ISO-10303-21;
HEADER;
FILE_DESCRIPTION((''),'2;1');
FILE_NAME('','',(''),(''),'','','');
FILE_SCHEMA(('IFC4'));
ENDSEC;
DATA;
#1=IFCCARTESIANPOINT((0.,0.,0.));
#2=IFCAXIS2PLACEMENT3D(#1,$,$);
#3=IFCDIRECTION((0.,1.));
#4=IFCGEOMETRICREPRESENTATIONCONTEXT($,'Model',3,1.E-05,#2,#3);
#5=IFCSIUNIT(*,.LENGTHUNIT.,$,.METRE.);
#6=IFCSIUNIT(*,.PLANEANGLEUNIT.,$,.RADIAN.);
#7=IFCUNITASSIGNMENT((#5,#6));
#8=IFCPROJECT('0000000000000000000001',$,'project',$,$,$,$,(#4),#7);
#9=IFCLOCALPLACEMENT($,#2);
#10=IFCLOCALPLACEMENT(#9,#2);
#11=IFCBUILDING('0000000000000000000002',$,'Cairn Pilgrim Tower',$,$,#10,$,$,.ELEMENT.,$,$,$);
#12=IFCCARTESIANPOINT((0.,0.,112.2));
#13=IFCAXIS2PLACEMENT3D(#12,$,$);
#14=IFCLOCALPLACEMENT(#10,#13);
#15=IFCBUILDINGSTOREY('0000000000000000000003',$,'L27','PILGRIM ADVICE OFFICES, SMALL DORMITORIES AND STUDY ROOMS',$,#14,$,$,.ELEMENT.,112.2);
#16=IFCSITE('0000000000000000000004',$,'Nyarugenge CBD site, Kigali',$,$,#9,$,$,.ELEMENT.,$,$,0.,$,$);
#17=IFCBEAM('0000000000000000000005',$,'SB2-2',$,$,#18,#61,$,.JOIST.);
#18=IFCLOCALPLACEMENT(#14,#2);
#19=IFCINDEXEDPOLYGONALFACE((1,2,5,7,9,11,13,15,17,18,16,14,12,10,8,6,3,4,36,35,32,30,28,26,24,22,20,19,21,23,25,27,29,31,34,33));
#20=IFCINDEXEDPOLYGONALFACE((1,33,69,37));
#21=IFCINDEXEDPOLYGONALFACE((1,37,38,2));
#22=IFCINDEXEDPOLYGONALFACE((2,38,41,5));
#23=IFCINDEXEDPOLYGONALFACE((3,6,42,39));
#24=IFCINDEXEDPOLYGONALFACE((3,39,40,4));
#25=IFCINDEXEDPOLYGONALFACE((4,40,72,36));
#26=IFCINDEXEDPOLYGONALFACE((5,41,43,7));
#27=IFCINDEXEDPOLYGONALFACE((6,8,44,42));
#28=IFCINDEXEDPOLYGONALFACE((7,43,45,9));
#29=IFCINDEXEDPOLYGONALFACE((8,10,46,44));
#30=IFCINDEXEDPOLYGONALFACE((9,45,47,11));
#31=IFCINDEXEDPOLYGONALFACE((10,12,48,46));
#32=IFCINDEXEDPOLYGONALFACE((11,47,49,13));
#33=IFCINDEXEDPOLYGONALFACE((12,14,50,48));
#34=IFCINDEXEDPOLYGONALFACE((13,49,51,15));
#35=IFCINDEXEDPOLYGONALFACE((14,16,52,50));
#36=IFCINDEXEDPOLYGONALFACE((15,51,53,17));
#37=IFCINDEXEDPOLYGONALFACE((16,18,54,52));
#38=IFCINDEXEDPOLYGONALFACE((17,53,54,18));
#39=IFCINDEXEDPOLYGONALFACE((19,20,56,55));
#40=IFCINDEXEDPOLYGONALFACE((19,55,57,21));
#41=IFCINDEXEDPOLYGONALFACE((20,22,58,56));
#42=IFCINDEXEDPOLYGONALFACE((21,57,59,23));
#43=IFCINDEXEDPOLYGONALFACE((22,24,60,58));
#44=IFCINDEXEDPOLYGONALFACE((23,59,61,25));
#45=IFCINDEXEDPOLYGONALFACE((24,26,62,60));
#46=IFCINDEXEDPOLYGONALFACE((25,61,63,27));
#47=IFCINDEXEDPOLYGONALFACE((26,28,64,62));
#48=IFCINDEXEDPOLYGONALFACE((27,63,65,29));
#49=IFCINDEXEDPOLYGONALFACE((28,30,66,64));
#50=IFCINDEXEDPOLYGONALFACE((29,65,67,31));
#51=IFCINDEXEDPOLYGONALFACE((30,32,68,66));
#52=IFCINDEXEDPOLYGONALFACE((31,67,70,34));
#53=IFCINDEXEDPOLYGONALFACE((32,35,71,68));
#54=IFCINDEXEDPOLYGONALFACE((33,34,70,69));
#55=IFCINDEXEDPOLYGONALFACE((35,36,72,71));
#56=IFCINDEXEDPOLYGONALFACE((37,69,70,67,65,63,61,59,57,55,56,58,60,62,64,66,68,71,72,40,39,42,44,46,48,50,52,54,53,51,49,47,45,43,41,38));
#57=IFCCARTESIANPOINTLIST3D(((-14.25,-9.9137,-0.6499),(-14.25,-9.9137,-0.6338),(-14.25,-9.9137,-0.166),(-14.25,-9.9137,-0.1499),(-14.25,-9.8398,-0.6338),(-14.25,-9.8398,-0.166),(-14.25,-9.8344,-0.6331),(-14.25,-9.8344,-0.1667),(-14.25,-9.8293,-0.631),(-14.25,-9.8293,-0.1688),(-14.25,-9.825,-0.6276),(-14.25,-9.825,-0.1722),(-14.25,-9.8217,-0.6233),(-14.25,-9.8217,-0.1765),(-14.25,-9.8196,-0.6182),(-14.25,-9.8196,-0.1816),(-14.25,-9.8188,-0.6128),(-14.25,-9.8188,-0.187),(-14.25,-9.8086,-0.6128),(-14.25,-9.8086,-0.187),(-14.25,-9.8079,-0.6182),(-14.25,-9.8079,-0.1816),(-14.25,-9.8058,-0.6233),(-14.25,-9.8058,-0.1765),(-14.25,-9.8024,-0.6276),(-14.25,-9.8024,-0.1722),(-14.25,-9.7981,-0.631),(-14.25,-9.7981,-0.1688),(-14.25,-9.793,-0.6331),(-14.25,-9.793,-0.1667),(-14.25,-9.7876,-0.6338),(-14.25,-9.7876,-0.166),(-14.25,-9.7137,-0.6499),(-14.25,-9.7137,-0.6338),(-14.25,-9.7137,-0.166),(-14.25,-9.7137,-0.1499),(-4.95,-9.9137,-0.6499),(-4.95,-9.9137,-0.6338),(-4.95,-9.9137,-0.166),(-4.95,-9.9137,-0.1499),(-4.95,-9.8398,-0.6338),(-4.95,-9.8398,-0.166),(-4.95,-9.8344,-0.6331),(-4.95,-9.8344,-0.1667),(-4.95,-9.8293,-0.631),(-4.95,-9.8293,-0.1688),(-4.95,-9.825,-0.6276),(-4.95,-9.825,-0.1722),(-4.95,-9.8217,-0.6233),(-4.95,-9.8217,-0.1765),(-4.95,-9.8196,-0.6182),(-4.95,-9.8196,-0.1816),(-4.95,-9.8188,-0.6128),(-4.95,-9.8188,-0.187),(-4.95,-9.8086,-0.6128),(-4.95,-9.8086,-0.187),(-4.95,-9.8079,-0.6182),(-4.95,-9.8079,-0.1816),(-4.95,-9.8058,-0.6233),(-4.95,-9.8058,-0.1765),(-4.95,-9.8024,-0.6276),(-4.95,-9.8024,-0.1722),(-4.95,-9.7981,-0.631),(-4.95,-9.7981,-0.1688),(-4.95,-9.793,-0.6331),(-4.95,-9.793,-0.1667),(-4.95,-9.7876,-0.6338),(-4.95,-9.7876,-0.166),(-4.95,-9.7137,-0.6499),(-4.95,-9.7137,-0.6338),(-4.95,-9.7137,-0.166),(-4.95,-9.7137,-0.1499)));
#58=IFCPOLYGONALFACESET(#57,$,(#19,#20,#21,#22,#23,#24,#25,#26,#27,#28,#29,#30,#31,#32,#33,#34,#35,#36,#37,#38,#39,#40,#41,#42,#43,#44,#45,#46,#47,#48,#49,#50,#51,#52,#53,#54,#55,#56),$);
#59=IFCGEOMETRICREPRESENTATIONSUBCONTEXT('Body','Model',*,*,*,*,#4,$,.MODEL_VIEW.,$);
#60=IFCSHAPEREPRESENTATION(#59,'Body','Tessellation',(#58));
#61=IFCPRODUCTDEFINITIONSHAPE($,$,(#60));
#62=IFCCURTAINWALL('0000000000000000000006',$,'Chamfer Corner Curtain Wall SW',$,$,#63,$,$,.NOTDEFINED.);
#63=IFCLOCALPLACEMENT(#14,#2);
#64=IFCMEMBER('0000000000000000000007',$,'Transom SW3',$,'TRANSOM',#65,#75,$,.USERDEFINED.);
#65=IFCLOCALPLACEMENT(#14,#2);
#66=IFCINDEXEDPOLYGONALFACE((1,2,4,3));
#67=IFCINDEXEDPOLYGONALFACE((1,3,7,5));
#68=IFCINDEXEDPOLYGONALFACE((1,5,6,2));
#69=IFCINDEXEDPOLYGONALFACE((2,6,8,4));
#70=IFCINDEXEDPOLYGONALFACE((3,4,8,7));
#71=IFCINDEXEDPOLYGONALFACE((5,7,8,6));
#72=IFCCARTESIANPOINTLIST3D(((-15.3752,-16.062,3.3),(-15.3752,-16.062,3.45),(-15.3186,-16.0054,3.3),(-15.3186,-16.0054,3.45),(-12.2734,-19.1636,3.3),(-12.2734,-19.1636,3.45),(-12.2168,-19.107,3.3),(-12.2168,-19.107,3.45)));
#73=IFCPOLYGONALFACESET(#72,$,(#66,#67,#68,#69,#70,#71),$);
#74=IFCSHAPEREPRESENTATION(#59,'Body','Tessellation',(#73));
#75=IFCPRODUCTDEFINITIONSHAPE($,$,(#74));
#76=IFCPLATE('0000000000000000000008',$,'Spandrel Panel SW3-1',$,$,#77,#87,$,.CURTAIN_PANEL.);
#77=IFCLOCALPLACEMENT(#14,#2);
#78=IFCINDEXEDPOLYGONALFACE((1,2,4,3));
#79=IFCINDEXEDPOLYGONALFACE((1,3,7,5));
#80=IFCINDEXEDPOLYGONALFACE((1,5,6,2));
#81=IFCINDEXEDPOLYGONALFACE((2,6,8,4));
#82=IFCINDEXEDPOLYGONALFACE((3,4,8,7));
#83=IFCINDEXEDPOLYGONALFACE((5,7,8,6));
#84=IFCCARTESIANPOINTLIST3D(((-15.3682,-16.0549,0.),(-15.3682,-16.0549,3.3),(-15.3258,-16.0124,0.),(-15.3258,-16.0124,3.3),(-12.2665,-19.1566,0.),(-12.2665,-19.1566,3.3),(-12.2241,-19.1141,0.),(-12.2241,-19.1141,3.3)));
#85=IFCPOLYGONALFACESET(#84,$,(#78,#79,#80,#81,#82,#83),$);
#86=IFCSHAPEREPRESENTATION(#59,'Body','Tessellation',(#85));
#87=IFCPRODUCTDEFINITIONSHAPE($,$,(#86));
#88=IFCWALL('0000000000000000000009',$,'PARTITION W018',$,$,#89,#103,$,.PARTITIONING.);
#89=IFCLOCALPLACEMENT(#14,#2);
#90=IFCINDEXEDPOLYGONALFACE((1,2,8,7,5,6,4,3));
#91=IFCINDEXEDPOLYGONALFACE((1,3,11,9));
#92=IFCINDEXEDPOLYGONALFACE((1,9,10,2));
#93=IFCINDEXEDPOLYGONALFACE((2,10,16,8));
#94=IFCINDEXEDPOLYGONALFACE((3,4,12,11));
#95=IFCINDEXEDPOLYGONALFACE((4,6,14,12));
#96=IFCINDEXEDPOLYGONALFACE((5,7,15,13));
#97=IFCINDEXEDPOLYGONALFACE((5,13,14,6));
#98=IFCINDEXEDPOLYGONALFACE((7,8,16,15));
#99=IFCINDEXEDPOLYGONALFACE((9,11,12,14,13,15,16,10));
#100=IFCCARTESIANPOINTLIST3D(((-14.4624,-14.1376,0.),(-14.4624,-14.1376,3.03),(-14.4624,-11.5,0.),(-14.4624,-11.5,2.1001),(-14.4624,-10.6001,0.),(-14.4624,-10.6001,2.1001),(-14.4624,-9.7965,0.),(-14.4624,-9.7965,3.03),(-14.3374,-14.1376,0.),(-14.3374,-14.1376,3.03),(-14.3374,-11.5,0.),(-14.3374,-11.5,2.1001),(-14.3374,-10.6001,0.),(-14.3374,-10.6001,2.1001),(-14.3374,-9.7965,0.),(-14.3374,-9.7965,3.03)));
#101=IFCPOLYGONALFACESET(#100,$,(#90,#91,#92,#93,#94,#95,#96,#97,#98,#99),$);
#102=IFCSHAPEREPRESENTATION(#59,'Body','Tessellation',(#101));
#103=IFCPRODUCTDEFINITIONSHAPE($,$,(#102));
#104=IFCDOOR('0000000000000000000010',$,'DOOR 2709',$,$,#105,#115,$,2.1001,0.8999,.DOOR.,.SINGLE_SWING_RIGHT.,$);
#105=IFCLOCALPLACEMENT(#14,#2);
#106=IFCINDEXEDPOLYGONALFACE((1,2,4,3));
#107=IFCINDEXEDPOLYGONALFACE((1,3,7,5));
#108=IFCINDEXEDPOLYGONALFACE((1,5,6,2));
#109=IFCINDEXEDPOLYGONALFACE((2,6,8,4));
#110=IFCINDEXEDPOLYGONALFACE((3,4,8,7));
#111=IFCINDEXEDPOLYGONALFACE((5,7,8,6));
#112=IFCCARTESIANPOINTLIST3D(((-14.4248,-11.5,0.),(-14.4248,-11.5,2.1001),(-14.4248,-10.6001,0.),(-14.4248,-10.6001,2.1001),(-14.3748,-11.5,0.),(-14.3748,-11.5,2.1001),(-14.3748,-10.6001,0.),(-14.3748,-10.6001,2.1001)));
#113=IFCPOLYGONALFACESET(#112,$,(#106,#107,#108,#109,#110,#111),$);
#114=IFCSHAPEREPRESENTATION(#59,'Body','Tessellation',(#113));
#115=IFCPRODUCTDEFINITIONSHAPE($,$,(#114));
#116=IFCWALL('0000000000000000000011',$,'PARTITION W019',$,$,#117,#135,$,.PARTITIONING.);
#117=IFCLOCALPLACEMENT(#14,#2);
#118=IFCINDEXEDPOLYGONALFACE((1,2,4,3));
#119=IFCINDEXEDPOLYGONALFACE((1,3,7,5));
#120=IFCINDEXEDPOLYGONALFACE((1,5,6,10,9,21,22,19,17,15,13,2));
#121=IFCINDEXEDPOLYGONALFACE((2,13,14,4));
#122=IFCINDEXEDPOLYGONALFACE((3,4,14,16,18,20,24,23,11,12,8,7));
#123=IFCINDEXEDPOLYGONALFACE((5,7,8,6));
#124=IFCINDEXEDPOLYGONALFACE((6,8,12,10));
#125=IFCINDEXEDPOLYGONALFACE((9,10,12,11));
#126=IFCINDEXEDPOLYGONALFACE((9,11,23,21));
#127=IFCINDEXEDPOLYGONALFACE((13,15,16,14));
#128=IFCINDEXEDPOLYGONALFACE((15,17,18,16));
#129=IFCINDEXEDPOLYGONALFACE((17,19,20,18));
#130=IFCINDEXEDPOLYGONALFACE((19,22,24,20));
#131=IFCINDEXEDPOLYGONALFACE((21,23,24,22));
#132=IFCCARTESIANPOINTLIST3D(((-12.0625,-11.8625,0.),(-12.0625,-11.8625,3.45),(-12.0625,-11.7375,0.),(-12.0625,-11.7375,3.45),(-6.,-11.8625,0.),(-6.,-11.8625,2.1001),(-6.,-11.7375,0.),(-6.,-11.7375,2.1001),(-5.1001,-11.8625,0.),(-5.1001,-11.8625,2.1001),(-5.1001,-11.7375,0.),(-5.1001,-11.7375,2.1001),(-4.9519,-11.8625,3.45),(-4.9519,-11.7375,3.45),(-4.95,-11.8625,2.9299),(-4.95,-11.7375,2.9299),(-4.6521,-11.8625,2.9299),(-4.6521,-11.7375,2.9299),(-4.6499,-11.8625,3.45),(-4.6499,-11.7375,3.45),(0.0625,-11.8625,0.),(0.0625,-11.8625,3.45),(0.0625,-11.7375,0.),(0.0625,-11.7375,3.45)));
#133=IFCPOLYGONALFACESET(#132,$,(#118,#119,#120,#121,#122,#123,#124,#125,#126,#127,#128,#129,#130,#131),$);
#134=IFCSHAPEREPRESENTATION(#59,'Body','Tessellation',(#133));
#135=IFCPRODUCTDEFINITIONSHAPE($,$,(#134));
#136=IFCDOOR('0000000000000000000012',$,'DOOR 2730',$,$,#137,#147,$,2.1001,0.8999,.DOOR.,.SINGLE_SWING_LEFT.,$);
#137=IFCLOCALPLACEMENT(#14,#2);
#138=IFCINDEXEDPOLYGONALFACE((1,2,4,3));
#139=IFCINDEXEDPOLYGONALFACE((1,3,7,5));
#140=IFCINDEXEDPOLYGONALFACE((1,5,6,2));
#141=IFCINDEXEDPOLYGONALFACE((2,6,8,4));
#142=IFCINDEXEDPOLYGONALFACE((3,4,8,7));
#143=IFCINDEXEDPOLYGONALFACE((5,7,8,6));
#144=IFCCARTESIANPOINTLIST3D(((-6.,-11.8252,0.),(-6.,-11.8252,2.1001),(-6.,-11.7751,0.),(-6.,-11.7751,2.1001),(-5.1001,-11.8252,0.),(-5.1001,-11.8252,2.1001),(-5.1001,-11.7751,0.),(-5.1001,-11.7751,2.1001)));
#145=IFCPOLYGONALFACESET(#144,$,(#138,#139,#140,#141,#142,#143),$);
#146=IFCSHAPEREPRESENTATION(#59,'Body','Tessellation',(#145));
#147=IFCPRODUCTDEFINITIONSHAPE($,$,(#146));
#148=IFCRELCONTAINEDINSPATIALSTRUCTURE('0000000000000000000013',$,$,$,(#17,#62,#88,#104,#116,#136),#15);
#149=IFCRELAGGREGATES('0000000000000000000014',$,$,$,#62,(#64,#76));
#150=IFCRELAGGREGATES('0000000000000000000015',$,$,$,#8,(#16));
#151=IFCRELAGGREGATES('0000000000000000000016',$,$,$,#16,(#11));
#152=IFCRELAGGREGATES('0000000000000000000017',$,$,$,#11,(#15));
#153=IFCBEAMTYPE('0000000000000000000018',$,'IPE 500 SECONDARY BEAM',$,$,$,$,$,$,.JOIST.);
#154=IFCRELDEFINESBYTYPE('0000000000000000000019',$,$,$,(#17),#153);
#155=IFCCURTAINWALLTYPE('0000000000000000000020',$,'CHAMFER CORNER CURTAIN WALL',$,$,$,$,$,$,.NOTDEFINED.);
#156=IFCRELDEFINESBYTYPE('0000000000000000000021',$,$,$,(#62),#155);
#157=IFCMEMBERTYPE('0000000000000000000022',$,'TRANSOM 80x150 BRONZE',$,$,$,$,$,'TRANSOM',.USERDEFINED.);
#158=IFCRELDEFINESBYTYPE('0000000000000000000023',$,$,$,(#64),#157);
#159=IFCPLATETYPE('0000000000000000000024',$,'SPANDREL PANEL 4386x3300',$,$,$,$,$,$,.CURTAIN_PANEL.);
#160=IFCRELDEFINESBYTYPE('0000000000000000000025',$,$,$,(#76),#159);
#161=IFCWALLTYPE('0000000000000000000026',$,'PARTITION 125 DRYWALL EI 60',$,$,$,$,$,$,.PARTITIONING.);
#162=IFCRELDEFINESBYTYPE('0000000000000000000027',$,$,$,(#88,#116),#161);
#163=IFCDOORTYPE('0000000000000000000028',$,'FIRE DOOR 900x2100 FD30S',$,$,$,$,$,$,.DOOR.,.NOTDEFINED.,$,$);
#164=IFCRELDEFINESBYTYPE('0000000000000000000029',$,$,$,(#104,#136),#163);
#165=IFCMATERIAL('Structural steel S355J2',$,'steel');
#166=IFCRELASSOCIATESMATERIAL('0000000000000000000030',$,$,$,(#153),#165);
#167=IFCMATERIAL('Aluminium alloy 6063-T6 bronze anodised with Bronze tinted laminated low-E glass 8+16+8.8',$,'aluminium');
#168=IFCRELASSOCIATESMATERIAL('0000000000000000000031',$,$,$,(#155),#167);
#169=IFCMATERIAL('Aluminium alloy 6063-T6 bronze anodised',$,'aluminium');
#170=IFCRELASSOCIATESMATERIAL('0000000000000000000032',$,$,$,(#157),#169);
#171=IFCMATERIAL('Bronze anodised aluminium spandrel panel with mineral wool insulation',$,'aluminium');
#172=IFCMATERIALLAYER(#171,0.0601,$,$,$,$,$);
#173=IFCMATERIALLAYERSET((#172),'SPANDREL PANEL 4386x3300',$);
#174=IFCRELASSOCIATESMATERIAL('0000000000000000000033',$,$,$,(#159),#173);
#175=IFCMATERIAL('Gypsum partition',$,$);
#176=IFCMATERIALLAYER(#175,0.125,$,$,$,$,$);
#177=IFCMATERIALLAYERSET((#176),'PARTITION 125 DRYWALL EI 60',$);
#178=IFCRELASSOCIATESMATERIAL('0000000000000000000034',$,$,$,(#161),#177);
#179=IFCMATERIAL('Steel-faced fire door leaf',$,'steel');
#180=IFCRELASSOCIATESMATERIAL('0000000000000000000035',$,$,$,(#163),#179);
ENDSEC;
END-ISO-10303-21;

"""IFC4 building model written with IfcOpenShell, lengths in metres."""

from ifc_helpers import new_model, si_unit, direction, frame, frame_2d, origin, origin_2d, place, context, subcontext, project, spatial, polyline, rectangle, i_section, outline, extrude, material, layer, layer_set, material_profile, profile_set, type_object, element, fill, aggregate, save


model = new_model("IFC4")

# Units and contexts
model_context = context("Model", 3, precision=1e-05, world=origin(), true_north=direction((0.0, 1.0)))
body_context = subcontext(model_context, "Body", "Model", "MODEL_VIEW")
ifc_project = project(units=[si_unit("LENGTHUNIT", "METRE"), si_unit("PLANEANGLEUNIT", "RADIAN")], contexts=[model_context])

# Site, building, storey
site_placement = place(None, origin())
site = spatial("IfcSite", under=ifc_project, at=site_placement, Name="Nyarugenge CBD site, Kigali", CompositionType="ELEMENT", RefElevation=0.0)
building_placement = place(site_placement, origin())
building = spatial("IfcBuilding", under=site, at=building_placement, Name="Cairn Pilgrim Tower", CompositionType="ELEMENT")
storey_placement = place(building_placement, frame((0.0, 0.0, 112.2)))
storey = spatial("IfcBuildingStorey", under=building, at=storey_placement, Name="L27", Description="PILGRIM ADVICE OFFICES, SMALL DORMITORIES AND STUDY ROOMS", CompositionType="ELEMENT", Elevation=112.2)

# Shared definitions
ifc_material_1 = material(Name="Structural steel S355J2", Category="steel")

# Shared definitions
ifc_material_2 = material(Name="Aluminium alloy 6063-T6 bronze anodised with Bronze tinted laminated low-E glass 8+16+8.8", Category="aluminium")
ifc_material_3 = material(Name="Aluminium alloy 6063-T6 bronze anodised", Category="aluminium")

# Beam
ifc_material_profile_1 = material_profile(ifc_material_1, i_section(OverallWidth=0.2, OverallDepth=0.5, WebThickness=0.0103, FlangeThickness=0.0161, FilletRadius=0.021, at=origin_2d()), Name="IPE 500")
ifc_profile_set_1 = profile_set([ifc_material_profile_1], Name="Structural steel S355J2")
beam_type_1 = type_object("IfcBeamType", Name="IPE 500 SECONDARY BEAM", PredefinedType="JOIST", material=ifc_profile_set_1)
for number, where, z_axis, x_axis, name in (
    (1, (-14.25, -9.8137, -0.3999), (1.0, 0.0, 0.0), (0.0, 1.0, 0.0), "SB2-2"),
):
    element("IfcBeam", number, at=place(storey_placement, frame(where, z_axis=z_axis, x_axis=x_axis)), inside=storey, type_object=beam_type_1, Name=name, PredefinedType="JOIST", context=body_context, shape_type="SweptSolid", body=[
        extrude(i_section(OverallWidth=0.2, OverallDepth=0.5, WebThickness=0.0103, FlangeThickness=0.0161, FilletRadius=0.021, at=origin_2d()), origin(), (0.0, 0.0, 1.0), 9.3),
    ])

# Curtain wall, member, plate
curtain_wall_type_1 = type_object("IfcCurtainWallType", Name="CHAMFER CORNER CURTAIN WALL", PredefinedType="NOTDEFINED", material=ifc_material_2)
curtain_wall_1_placement = place(storey_placement, origin())
curtain_wall_1 = element("IfcCurtainWall", 2, at=curtain_wall_1_placement, inside=storey, type_object=curtain_wall_type_1, Name="Chamfer Corner Curtain Wall SW", PredefinedType="NOTDEFINED")
ifc_material_profile_2 = material_profile(ifc_material_3, rectangle(XDim=0.0801, YDim=0.1499, at=origin_2d()), Name="TRANSOM 80x150 BRONZE")
ifc_profile_set_2 = profile_set([ifc_material_profile_2], Name="Aluminium alloy 6063-T6 bronze anodised")
member_type_1 = type_object("IfcMemberType", Name="TRANSOM 80x150 BRONZE", ElementType="TRANSOM", PredefinedType="USERDEFINED", material=ifc_profile_set_2)
member_1_placement = place(storey_placement, frame((-15.3469, -16.0337, 3.375), z_axis=(0.707135, -0.707079, 0.0), x_axis=(0.707079, 0.707135, 0.0)))
member_1 = element("IfcMember", 3, at=member_1_placement, type_object=member_type_1, Name="Transom SW3", ObjectType="TRANSOM", PredefinedType="USERDEFINED", context=body_context, shape_type="SweptSolid", body=[
    extrude(rectangle(XDim=0.0801, YDim=0.1499, at=origin_2d()), origin(), (0.0, 0.0, 1.0), 4.3865),
])
ifc_material_4 = material(Name="Bronze anodised aluminium spandrel panel with mineral wool insulation", Category="aluminium")
ifc_layer_1 = layer(ifc_material_4, 0.0601)
ifc_layer_set_1 = layer_set([ifc_layer_1], Name="SPANDREL PANEL 4386x3300")
plate_type = type_object("IfcPlateType", Name="SPANDREL PANEL 4386x3300", PredefinedType="CURTAIN_PANEL", material=ifc_layer_set_1)
plate_placement = place(storey_placement, frame((-13.7961, -17.5845, 0.0), z_axis=(0.0, 0.0, 1.0), x_axis=(0.707107, -0.707107, 0.0)))
plate = element("IfcPlate", 4, at=plate_placement, type_object=plate_type, Name="Spandrel Panel SW3-1", PredefinedType="CURTAIN_PANEL", context=body_context, shape_type="SweptSolid", body=[
    extrude(rectangle(XDim=4.3865, YDim=0.0601, at=origin_2d()), origin(), (0.0, 0.0, 1.0), 3.3),
])
aggregate(curtain_wall_1, [member_1, plate])

# Shared definitions
ifc_material_5 = material(Name="Gypsum partition")
ifc_layer_2 = layer(ifc_material_5, 0.125)
ifc_layer_set_2 = layer_set([ifc_layer_2], Name="PARTITION 125 DRYWALL EI 60")
wall_type_1 = type_object("IfcWallType", Name="PARTITION 125 DRYWALL EI 60", PredefinedType="PARTITIONING", material=ifc_layer_set_2)
ifc_material_6 = material(Name="Steel-faced fire door leaf", Category="steel")
door_type_1 = type_object("IfcDoorType", Name="FIRE DOOR 900x2100 FD30S", OperationType="NOTDEFINED", PredefinedType="DOOR", material=ifc_material_6)

# Walls, openings, doors
wall_1_placement = place(storey_placement, frame((-14.3999, -14.1375, 0.0), z_axis=(0.0, 0.0, 1.0), x_axis=(0.0, 1.0, 0.0)))
wall_1 = element("IfcWall", 5, at=wall_1_placement, inside=storey, type_object=wall_type_1, Name="PARTITION W018", PredefinedType="PARTITIONING", context=body_context, shape_type="SweptSolid", body=[
    extrude(rectangle(XDim=4.3411, YDim=0.125, at=frame_2d((2.1704, 0.0))), origin(), (0.0, 0.0, 1.0), 3.03),
])
opening_1_placement = place(wall_1_placement, frame((2.6375, 0.0, 0.0)))
opening_1 = element("IfcOpeningElement", 6, at=opening_1_placement, cuts=wall_1, PredefinedType="OPENING", context=body_context, shape_type="SweptSolid", body=[
    extrude(rectangle(XDim=0.8999, YDim=2.1001, at=frame_2d((0.45, 1.05))), frame((0.0, 0.0725, 0.0), z_axis=(0.0, -1.0, 0.0), x_axis=(1.0, 0.0, 0.0)), (0.0, 0.0, 1.0), 0.145),
])
door_1_placement = place(opening_1_placement, origin())
door_1 = element("IfcDoor", 7, at=door_1_placement, inside=storey, type_object=door_type_1, Name="DOOR 2709", OperationType="SINGLE_SWING_RIGHT", OverallHeight=2.1001, OverallWidth=0.8999, PredefinedType="DOOR", context=body_context, shape_type="SweptSolid", body=[
    extrude(rectangle(XDim=0.8999, YDim=2.1001, at=frame_2d((0.45, 1.05))), frame((0.0, 0.0249, 0.0), z_axis=(0.0, -1.0, 0.0), x_axis=(1.0, 0.0, 0.0)), (0.0, 0.0, 1.0), 0.05),
])
fill(opening_1, door_1)
wall_2_placement = place(storey_placement, frame((-12.0625, -11.8, 0.0), z_axis=(0.0, 0.0, 1.0), x_axis=(1.0, 0.0, 0.0)))
wall_2 = element("IfcWall", 8, at=wall_2_placement, inside=storey, type_object=wall_type_1, Name="PARTITION W019", PredefinedType="PARTITIONING", context=body_context, shape_type="SweptSolid", body=[
    extrude(outline(polyline([(0.0, 0.0), (12.125, 0.0), (12.125, 3.45), (7.4126, 3.45), (7.4104, 2.9299), (7.1125, 2.9299), (7.1106, 3.45), (0.0, 3.45), (0.0, 0.0)])), frame((0.0, 0.0625, 0.0), z_axis=(0.0, -1.0, 0.0), x_axis=(1.0, 0.0, 0.0)), (0.0, 0.0, 1.0), 0.125),
])
opening_2_placement = place(wall_2_placement, frame((6.0625, 0.0, 0.0)))
opening_2 = element("IfcOpeningElement", 9, at=opening_2_placement, cuts=wall_2, PredefinedType="OPENING", context=body_context, shape_type="SweptSolid", body=[
    extrude(rectangle(XDim=0.8999, YDim=2.1001, at=frame_2d((0.45, 1.05))), frame((0.0, 0.0725, 0.0), z_axis=(0.0, -1.0, 0.0), x_axis=(1.0, 0.0, 0.0)), (0.0, 0.0, 1.0), 0.145),
])
door_2_placement = place(opening_2_placement, origin())
door_2 = element("IfcDoor", 10, at=door_2_placement, inside=storey, type_object=door_type_1, Name="DOOR 2730", OperationType="SINGLE_SWING_LEFT", OverallHeight=2.1001, OverallWidth=0.8999, PredefinedType="DOOR", context=body_context, shape_type="SweptSolid", body=[
    extrude(rectangle(XDim=0.8999, YDim=2.1001, at=frame_2d((0.45, 1.05))), frame((0.0, 0.0249, 0.0), z_axis=(0.0, -1.0, 0.0), x_axis=(1.0, 0.0, 0.0)), (0.0, 0.0, 1.0), 0.05),
])
fill(opening_2, door_2)

save(model, "model.ifc")
